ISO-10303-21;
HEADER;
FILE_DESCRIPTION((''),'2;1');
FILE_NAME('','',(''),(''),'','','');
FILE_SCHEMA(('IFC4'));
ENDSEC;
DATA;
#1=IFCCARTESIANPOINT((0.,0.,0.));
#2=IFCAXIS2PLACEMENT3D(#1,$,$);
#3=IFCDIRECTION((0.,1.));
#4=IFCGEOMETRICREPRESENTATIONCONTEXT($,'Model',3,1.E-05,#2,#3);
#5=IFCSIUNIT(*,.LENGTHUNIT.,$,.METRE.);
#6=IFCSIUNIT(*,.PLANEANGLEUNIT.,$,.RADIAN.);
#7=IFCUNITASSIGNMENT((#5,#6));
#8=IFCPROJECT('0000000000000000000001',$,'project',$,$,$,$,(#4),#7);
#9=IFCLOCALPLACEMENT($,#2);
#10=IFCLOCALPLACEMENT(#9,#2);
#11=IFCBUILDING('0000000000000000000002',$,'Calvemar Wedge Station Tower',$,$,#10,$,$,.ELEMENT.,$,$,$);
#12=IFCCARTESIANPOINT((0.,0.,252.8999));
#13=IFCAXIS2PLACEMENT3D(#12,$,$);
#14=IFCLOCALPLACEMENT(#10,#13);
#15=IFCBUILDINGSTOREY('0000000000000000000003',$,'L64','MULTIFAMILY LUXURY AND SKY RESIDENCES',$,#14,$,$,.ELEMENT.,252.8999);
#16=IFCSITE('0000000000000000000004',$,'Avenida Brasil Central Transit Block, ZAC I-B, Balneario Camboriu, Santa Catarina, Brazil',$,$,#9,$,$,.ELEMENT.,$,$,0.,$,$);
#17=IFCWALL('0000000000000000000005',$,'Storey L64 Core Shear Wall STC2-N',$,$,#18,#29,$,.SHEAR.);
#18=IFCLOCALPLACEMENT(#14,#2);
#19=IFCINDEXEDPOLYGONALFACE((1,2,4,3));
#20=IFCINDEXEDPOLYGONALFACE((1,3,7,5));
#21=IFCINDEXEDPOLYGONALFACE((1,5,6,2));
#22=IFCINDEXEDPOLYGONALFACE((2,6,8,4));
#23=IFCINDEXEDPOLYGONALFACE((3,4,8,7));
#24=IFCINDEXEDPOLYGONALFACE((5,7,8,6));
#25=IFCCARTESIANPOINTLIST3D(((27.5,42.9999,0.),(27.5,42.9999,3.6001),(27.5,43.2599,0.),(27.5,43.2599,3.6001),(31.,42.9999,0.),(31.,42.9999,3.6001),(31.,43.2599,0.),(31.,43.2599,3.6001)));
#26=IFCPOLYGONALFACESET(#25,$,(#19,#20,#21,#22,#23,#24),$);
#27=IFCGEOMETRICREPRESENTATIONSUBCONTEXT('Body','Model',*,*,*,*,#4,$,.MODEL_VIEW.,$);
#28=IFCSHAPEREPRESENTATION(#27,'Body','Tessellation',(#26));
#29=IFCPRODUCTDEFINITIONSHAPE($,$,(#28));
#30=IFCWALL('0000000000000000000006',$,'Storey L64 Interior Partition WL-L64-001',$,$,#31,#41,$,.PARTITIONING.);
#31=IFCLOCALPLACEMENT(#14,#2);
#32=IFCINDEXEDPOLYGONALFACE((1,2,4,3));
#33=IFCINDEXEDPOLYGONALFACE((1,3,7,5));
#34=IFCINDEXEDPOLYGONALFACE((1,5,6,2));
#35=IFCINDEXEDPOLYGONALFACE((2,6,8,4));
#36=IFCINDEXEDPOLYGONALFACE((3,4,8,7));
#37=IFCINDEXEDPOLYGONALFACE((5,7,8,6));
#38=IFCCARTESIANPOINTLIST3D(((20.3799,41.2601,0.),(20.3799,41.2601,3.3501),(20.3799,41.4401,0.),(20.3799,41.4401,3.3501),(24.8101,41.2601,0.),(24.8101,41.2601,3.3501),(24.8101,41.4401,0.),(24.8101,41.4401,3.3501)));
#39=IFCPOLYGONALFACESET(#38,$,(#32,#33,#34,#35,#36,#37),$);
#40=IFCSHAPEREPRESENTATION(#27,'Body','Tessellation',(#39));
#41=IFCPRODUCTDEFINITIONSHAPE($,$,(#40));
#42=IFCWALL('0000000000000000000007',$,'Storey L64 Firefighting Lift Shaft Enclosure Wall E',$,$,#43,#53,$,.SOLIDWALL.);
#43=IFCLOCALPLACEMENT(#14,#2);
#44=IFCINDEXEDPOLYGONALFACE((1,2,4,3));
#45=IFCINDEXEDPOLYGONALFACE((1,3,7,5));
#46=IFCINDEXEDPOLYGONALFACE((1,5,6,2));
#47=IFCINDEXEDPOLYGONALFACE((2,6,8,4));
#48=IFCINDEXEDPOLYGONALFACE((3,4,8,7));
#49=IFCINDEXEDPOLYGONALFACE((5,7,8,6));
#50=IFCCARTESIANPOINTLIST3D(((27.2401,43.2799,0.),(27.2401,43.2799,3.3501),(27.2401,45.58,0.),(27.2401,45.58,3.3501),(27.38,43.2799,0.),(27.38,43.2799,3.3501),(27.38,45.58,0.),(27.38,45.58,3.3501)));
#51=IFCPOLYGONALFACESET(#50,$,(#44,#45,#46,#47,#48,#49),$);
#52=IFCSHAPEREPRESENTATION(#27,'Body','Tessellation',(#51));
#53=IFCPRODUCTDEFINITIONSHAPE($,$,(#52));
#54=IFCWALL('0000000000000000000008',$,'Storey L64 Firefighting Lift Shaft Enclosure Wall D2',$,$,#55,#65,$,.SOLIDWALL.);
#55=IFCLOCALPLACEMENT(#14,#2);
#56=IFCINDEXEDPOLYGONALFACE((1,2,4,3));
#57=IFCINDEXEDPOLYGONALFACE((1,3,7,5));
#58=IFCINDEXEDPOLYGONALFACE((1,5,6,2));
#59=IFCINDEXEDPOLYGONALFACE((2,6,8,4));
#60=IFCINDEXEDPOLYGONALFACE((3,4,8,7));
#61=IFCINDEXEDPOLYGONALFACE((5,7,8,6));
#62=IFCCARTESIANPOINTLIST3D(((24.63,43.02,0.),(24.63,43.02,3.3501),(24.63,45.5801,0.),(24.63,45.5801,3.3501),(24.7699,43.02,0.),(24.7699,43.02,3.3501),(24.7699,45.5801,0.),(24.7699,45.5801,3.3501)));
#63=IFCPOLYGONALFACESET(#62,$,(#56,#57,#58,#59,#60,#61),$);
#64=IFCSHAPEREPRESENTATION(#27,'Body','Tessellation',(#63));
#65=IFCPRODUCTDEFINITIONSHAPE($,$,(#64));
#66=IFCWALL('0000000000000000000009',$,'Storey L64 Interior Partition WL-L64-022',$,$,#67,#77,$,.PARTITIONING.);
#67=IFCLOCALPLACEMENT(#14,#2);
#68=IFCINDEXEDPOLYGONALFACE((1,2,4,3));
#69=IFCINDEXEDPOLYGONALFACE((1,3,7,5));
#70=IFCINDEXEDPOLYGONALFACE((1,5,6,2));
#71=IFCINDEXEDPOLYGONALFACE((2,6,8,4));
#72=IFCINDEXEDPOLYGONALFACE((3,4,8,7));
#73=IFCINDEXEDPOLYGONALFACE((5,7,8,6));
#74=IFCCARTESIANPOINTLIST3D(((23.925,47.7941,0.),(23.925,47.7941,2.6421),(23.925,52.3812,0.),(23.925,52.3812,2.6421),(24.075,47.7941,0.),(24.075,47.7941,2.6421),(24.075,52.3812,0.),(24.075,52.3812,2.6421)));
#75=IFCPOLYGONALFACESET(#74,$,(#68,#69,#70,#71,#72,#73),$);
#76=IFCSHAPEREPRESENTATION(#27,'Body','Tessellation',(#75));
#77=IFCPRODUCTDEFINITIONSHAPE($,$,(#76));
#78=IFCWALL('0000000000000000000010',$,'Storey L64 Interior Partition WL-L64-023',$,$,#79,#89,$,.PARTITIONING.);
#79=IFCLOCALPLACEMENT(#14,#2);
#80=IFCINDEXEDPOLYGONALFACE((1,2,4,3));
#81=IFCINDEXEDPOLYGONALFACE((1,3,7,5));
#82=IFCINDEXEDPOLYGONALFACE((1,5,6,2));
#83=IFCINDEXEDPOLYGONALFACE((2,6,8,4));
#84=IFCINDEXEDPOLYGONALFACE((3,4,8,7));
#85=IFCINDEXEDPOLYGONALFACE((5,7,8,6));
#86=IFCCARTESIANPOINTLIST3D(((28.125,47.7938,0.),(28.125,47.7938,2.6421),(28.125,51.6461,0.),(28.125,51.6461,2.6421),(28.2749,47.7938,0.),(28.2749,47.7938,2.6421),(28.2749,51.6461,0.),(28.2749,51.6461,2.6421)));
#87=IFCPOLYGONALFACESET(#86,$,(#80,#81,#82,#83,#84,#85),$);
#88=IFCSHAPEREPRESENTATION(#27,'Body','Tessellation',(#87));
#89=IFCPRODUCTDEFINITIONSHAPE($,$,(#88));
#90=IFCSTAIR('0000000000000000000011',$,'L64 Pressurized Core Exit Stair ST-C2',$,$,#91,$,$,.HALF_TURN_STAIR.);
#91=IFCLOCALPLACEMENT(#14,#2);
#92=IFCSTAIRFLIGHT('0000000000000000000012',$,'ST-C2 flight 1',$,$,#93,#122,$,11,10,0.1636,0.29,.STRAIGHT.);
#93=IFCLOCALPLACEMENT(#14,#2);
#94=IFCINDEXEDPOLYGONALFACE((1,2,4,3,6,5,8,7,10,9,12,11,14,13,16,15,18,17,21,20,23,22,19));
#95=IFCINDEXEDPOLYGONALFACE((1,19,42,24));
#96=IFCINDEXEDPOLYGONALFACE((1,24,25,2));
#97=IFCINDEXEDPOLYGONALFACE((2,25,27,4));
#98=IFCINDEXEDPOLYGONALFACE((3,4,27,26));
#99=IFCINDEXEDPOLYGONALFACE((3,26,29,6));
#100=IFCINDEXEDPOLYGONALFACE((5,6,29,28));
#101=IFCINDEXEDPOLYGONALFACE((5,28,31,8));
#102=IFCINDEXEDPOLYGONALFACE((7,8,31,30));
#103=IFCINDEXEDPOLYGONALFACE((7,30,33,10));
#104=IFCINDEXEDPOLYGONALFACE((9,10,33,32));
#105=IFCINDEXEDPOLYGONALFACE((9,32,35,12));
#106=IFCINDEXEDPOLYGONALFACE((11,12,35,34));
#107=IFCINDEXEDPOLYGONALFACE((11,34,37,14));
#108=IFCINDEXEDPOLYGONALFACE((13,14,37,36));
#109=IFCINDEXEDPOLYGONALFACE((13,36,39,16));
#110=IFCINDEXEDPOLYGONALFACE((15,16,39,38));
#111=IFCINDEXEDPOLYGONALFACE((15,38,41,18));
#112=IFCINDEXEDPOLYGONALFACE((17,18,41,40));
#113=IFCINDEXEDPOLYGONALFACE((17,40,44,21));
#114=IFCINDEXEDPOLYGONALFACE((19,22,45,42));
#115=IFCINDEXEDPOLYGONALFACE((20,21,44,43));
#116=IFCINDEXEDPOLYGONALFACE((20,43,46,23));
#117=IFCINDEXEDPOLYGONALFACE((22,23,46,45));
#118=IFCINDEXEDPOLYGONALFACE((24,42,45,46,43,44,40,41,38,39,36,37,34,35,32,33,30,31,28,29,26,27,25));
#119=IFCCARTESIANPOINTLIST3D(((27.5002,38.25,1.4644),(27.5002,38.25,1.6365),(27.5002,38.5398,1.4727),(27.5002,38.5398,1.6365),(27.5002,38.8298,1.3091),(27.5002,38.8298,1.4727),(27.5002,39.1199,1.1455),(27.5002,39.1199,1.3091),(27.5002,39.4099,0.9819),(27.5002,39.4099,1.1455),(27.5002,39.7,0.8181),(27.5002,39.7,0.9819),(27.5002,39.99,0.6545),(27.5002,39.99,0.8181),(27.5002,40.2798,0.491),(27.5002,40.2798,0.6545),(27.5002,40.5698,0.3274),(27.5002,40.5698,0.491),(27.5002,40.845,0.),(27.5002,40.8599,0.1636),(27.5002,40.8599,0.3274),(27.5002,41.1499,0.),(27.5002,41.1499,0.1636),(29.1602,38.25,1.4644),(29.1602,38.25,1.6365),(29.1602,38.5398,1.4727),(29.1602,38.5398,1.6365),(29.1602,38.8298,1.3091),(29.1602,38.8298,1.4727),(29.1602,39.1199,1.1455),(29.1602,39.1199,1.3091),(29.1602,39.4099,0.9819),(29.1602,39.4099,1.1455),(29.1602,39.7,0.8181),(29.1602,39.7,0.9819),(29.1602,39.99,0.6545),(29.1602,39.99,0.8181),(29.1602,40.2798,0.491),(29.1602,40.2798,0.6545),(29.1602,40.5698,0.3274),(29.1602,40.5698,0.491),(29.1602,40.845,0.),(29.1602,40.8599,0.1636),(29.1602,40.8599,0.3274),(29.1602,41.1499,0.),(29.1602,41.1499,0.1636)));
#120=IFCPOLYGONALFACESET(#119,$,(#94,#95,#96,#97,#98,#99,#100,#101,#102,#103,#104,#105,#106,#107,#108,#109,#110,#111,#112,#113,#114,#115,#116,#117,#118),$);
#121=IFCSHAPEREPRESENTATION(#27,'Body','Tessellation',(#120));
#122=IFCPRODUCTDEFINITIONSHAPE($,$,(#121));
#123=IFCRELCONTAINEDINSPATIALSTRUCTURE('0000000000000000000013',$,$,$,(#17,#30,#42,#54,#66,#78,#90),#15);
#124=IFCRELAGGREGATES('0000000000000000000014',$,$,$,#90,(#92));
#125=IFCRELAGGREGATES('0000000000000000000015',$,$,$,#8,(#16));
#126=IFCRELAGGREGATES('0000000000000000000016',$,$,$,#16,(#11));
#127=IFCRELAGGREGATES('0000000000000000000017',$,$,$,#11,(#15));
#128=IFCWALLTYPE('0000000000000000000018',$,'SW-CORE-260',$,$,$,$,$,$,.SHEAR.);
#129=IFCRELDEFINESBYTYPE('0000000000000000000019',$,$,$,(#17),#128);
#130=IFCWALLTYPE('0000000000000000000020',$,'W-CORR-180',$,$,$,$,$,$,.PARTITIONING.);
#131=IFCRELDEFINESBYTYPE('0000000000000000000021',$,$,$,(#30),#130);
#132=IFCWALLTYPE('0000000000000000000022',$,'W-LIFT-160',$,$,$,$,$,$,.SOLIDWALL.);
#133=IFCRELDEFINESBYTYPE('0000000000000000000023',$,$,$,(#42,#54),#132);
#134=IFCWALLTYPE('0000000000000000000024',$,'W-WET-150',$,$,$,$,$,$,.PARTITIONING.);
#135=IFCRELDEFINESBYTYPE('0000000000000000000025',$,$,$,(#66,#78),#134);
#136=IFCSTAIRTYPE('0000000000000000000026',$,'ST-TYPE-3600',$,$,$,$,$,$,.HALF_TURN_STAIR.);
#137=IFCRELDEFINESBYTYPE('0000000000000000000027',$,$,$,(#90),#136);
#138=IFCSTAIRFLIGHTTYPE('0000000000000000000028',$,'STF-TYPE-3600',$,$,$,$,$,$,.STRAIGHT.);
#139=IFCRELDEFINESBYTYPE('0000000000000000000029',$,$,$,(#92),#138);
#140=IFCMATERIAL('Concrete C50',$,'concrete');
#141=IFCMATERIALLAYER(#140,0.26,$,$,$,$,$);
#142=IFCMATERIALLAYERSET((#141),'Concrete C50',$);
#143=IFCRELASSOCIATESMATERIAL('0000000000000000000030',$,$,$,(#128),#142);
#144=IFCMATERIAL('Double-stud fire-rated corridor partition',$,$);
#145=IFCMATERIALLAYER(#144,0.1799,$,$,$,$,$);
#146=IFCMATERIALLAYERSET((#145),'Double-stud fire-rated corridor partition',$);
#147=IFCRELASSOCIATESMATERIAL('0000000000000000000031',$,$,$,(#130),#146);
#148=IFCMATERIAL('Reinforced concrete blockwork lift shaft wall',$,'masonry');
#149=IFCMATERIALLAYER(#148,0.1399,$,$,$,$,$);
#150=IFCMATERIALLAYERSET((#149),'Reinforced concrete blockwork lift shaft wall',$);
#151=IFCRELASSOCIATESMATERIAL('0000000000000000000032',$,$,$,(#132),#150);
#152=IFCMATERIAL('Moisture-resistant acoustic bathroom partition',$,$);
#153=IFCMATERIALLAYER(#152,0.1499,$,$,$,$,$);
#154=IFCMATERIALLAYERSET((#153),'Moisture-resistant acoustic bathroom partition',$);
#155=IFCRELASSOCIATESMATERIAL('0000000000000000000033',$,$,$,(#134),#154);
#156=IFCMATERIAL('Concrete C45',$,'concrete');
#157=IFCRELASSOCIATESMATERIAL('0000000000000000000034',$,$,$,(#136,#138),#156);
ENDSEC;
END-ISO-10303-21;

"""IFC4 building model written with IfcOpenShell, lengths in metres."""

from ifc_helpers import new_model, si_unit, direction, frame, frame_2d, origin, place, context, subcontext, project, spatial, polyline, rectangle, outline, extrude, material, layer, layer_set, type_object, element, aggregate, save


model = new_model("IFC4")

# Units and contexts
model_context = context("Model", 3, precision=1e-05, world=origin(), true_north=direction((0.0, 1.0)))
body_context = subcontext(model_context, "Body", "Model", "MODEL_VIEW")
ifc_project = project(units=[si_unit("LENGTHUNIT", "METRE"), si_unit("PLANEANGLEUNIT", "RADIAN")], contexts=[model_context])

# Site, building, storey
site_placement = place(None, origin())
site = spatial("IfcSite", under=ifc_project, at=site_placement, Name="Avenida Brasil Central Transit Block, ZAC I-B, Balneario Camboriu, Santa Catarina, Brazil", CompositionType="ELEMENT", RefElevation=0.0)
building_placement = place(site_placement, origin())
building = spatial("IfcBuilding", under=site, at=building_placement, Name="Calvemar Wedge Station Tower", CompositionType="ELEMENT")
storey_placement = place(building_placement, frame((0.0, 0.0, 252.8999)))
storey = spatial("IfcBuildingStorey", under=building, at=storey_placement, Name="L64", Description="MULTIFAMILY LUXURY AND SKY RESIDENCES", CompositionType="ELEMENT", Elevation=252.8999)

# Shared definitions
ifc_material_1 = material(Name="Concrete C50", Category="concrete")

# Walls
ifc_layer_1 = layer(ifc_material_1, 0.26)
ifc_layer_set_1 = layer_set([ifc_layer_1], Name="Concrete C50")
wall_type_1 = type_object("IfcWallType", Name="SW-CORE-260", PredefinedType="SHEAR", material=ifc_layer_set_1)
wall_1_placement = place(storey_placement, frame((27.5, 43.1299, 0.0), z_axis=(0.0, 0.0, 1.0), x_axis=(1.0, 0.0, 0.0)))
element("IfcWall", 1, at=wall_1_placement, inside=storey, type_object=wall_type_1, Name="Storey L64 Core Shear Wall STC2-N", PredefinedType="SHEAR", context=body_context, shape_type="SweptSolid", body=[
    extrude(rectangle(XDim=3.5, YDim=0.26, at=frame_2d((1.75, 0.0))), origin(), (0.0, 0.0, 1.0), 3.6001),
])
ifc_material_2 = material(Name="Double-stud fire-rated corridor partition")
ifc_layer_2 = layer(ifc_material_2, 0.1799)
ifc_layer_set_2 = layer_set([ifc_layer_2], Name="Double-stud fire-rated corridor partition")
wall_type_2 = type_object("IfcWallType", Name="W-CORR-180", PredefinedType="PARTITIONING", material=ifc_layer_set_2)
wall_2_placement = place(storey_placement, frame((24.8101, 41.3501, 0.0), z_axis=(0.0, 0.0, 1.0), x_axis=(-1.0, 0.0, 0.0)))
element("IfcWall", 2, at=wall_2_placement, inside=storey, type_object=wall_type_2, Name="Storey L64 Interior Partition WL-L64-001", PredefinedType="PARTITIONING", context=body_context, shape_type="SweptSolid", body=[
    extrude(rectangle(XDim=4.4302, YDim=0.1799, at=frame_2d((2.2151, 0.0))), origin(), (0.0, 0.0, 1.0), 3.3501),
])

# Walls
ifc_material_3 = material(Name="Reinforced concrete blockwork lift shaft wall", Category="masonry")
ifc_layer_3 = layer(ifc_material_3, 0.1399)
ifc_layer_set_3 = layer_set([ifc_layer_3], Name="Reinforced concrete blockwork lift shaft wall")
wall_type_3 = type_object("IfcWallType", Name="W-LIFT-160", PredefinedType="SOLIDWALL", material=ifc_layer_set_3)
wall_3_placement = place(storey_placement, frame((27.3101, 43.28, 0.0), z_axis=(0.0, 0.0, 1.0), x_axis=(0.0, 1.0, 0.0)))
element("IfcWall", 3, at=wall_3_placement, inside=storey, type_object=wall_type_3, Name="Storey L64 Firefighting Lift Shaft Enclosure Wall E", PredefinedType="SOLIDWALL", context=body_context, shape_type="SweptSolid", body=[
    extrude(rectangle(XDim=2.3, YDim=0.1399, at=frame_2d((1.1499, 0.0))), origin(), (0.0, 0.0, 1.0), 3.3501),
])
wall_4_placement = place(storey_placement, frame((24.7, 43.02, 0.0), z_axis=(0.0, 0.0, 1.0), x_axis=(0.0, 1.0, 0.0)))
element("IfcWall", 4, at=wall_4_placement, inside=storey, type_object=wall_type_3, Name="Storey L64 Firefighting Lift Shaft Enclosure Wall D2", PredefinedType="SOLIDWALL", context=body_context, shape_type="SweptSolid", body=[
    extrude(rectangle(XDim=2.5601, YDim=0.1399, at=frame_2d((1.28, 0.0))), origin(), (0.0, 0.0, 1.0), 3.3501),
])
ifc_material_4 = material(Name="Moisture-resistant acoustic bathroom partition")
ifc_layer_4 = layer(ifc_material_4, 0.1499)
ifc_layer_set_4 = layer_set([ifc_layer_4], Name="Moisture-resistant acoustic bathroom partition")
wall_type_4 = type_object("IfcWallType", Name="W-WET-150", PredefinedType="PARTITIONING", material=ifc_layer_set_4)
wall_5_placement = place(storey_placement, frame((24.0, 52.3811, 0.0), z_axis=(0.0, 0.0, 1.0), x_axis=(0.0, -1.0, 0.0)))
element("IfcWall", 5, at=wall_5_placement, inside=storey, type_object=wall_type_4, Name="Storey L64 Interior Partition WL-L64-022", PredefinedType="PARTITIONING", context=body_context, shape_type="SweptSolid", body=[
    extrude(rectangle(XDim=4.5872, YDim=0.1499, at=frame_2d((2.2935, 0.0))), origin(), (0.0, 0.0, 1.0), 2.6421),
])
wall_6_placement = place(storey_placement, frame((28.2, 51.6462, 0.0), z_axis=(0.0, 0.0, 1.0), x_axis=(0.0, -1.0, 0.0)))
element("IfcWall", 6, at=wall_6_placement, inside=storey, type_object=wall_type_4, Name="Storey L64 Interior Partition WL-L64-023", PredefinedType="PARTITIONING", context=body_context, shape_type="SweptSolid", body=[
    extrude(rectangle(XDim=3.8523, YDim=0.1499, at=frame_2d((1.9263, 0.0))), origin(), (0.0, 0.0, 1.0), 2.6421),
])

# Stair, stair flight
ifc_material_5 = material(Name="Concrete C45", Category="concrete")
stair_type = type_object("IfcStairType", Name="ST-TYPE-3600", PredefinedType="HALF_TURN_STAIR", material=ifc_material_5)
stair_placement = place(storey_placement, origin())
stair = element("IfcStair", 7, at=stair_placement, inside=storey, type_object=stair_type, Name="L64 Pressurized Core Exit Stair ST-C2", PredefinedType="HALF_TURN_STAIR")
stair_flight_type = type_object("IfcStairFlightType", Name="STF-TYPE-3600", PredefinedType="STRAIGHT", material=ifc_material_5)
stair_flight_placement = place(storey_placement, frame((28.3301, 41.1499, 0.0), z_axis=(0.0, 0.0, 1.0), x_axis=(0.0, -1.0, 0.0)))
stair_flight = element("IfcStairFlight", 8, at=stair_flight_placement, type_object=stair_flight_type, Name="ST-C2 flight 1", NumberOfRisers=11, NumberOfTreads=10, PredefinedType="STRAIGHT", RiserHeight=0.1636, TreadLength=0.29, context=body_context, shape_type="SweptSolid", body=[
    extrude(outline(polyline([(0.0, 0.0), (0.0, 0.1636), (0.29, 0.1636), (0.29, 0.3274), (0.5801, 0.3274), (0.5801, 0.491), (0.8701, 0.491), (0.8701, 0.6545), (1.1599, 0.6545), (1.1599, 0.8181), (1.45, 0.8181), (1.45, 0.9819), (1.74, 0.9819), (1.74, 1.1455), (2.03, 1.1455), (2.03, 1.3091), (2.3201, 1.3091), (2.3201, 1.4727), (2.6101, 1.4727), (2.6101, 1.6365), (2.8999, 1.6365), (2.8999, 1.8), (2.8999, 1.4644), (0.3049, 0.0), (0.0, 0.0)])), frame((0.0, 0.8301, 0.0), z_axis=(0.0, -1.0, 0.0), x_axis=(1.0, 0.0, 0.0)), (0.0, 0.0, 1.0), 1.6599),
])
aggregate(stair, [stair_flight])

save(model, "model.ifc")
